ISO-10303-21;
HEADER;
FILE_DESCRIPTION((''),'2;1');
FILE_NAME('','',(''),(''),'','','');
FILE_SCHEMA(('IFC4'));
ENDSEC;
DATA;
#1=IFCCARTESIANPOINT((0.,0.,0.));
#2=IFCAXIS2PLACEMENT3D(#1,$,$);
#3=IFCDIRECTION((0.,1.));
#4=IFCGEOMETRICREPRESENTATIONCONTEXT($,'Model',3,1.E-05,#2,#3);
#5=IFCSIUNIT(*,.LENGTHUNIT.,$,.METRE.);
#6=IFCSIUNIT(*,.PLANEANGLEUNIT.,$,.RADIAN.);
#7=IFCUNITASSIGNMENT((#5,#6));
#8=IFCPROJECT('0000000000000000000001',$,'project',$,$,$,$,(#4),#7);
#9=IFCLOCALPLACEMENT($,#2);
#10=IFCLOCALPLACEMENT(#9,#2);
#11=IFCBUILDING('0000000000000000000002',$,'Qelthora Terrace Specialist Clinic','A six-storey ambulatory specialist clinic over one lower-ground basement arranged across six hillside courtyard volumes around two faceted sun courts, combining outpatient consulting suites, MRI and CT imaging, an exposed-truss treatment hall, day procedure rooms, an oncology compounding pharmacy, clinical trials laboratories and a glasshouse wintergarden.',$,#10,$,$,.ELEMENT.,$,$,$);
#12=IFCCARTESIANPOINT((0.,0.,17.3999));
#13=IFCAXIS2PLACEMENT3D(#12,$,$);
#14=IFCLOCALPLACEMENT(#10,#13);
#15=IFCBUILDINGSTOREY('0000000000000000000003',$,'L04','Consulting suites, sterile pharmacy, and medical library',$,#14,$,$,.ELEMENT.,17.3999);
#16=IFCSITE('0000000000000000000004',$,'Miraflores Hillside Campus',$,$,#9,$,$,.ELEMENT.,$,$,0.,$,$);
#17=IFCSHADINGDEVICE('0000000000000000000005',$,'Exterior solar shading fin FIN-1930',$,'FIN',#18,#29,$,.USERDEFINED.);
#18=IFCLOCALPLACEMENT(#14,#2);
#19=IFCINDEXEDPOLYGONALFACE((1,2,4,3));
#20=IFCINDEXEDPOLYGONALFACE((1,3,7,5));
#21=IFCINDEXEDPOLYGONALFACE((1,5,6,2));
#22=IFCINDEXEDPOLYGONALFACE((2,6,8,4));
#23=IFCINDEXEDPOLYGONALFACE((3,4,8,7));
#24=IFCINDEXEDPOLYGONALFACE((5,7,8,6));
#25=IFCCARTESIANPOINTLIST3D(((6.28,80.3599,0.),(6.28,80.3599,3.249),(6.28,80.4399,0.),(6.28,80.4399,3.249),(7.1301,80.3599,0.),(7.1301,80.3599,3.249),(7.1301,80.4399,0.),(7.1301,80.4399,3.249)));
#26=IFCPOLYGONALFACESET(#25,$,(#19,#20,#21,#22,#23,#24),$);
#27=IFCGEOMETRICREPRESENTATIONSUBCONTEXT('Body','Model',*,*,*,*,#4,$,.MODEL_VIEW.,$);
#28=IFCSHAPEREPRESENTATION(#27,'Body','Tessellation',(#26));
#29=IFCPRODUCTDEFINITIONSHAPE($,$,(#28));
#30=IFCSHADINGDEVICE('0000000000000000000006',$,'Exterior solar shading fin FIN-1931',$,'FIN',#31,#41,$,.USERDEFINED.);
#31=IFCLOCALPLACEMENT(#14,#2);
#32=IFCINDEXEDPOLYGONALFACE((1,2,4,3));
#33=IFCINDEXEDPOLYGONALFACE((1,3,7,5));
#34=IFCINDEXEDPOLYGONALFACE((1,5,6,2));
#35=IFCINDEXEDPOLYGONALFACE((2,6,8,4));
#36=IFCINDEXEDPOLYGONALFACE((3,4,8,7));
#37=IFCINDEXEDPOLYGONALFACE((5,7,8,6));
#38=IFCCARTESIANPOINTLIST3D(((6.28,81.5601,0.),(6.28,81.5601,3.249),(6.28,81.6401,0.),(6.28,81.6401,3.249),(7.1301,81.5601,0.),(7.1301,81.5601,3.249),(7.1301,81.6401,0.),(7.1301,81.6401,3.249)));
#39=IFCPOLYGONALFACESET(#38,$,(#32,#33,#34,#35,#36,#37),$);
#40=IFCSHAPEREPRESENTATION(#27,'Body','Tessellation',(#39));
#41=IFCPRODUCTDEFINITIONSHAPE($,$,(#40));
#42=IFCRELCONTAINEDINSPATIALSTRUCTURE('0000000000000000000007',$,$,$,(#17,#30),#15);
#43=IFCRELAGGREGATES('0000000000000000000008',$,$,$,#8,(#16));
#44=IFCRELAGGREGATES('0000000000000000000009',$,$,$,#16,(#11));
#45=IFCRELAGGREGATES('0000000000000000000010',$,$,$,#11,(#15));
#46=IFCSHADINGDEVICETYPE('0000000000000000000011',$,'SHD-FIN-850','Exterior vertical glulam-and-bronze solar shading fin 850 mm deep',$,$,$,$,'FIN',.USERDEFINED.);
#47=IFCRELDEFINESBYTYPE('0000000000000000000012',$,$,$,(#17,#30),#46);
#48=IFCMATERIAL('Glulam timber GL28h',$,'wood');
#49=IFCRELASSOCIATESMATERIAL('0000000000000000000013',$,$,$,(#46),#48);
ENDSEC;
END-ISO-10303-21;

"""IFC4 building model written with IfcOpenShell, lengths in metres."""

from ifc_helpers import new_model, si_unit, direction, frame, origin, origin_2d, place, context, subcontext, project, spatial, rectangle, extrude, material, type_object, element, save


model = new_model("IFC4")

# Units and contexts
model_context = context("Model", 3, precision=1e-05, world=origin(), true_north=direction((0.0, 1.0)))
body_context = subcontext(model_context, "Body", "Model", "MODEL_VIEW")
ifc_project = project(units=[si_unit("LENGTHUNIT", "METRE"), si_unit("PLANEANGLEUNIT", "RADIAN")], contexts=[model_context])

# Site, building, storey
site_placement = place(None, origin())
site = spatial("IfcSite", under=ifc_project, at=site_placement, Name="Miraflores Hillside Campus", CompositionType="ELEMENT", RefElevation=0.0)
building_placement = place(site_placement, origin())
building = spatial("IfcBuilding", under=site, at=building_placement, Name="Qelthora Terrace Specialist Clinic", Description="A six-storey ambulatory specialist clinic over one lower-ground basement arranged across six hillside courtyard volumes around two faceted sun courts, combining outpatient consulting suites, MRI and CT imaging, an exposed-truss treatment hall, day procedure rooms, an oncology compounding pharmacy, clinical trials laboratories and a glasshouse wintergarden.", CompositionType="ELEMENT")
storey_placement = place(building_placement, frame((0.0, 0.0, 17.3999)))
storey = spatial("IfcBuildingStorey", under=building, at=storey_placement, Name="L04", Description="Consulting suites, sterile pharmacy, and medical library", CompositionType="ELEMENT", Elevation=17.3999)

# Shading devices
ifc_material_1 = material(Name="Glulam timber GL28h", Category="wood")
shading_device_type = type_object("IfcShadingDeviceType", Name="SHD-FIN-850", Description="Exterior vertical glulam-and-bronze solar shading fin 850 mm deep", ElementType="FIN", PredefinedType="USERDEFINED", material=ifc_material_1)
for number, where, z_axis, x_axis, name in (
    (1, (6.7051, 80.3999, 0.0), (0.0, 0.0, 1.0), (-1.0, 0.0, 0.0), "Exterior solar shading fin FIN-1930"),
    (2, (6.7051, 81.6001, 0.0), (0.0, 0.0, 1.0), (-1.0, 0.0, 0.0), "Exterior solar shading fin FIN-1931"),
):
    element("IfcShadingDevice", number, at=place(storey_placement, frame(where, z_axis=z_axis, x_axis=x_axis)), inside=storey, type_object=shading_device_type, Name=name, ObjectType="FIN", PredefinedType="USERDEFINED", context=body_context, shape_type="SweptSolid", body=[
        extrude(rectangle(XDim=0.8501, YDim=0.0801, at=origin_2d()), origin(), (0.0, 0.0, 1.0), 3.249),
    ])

save(model, "model.ifc")
